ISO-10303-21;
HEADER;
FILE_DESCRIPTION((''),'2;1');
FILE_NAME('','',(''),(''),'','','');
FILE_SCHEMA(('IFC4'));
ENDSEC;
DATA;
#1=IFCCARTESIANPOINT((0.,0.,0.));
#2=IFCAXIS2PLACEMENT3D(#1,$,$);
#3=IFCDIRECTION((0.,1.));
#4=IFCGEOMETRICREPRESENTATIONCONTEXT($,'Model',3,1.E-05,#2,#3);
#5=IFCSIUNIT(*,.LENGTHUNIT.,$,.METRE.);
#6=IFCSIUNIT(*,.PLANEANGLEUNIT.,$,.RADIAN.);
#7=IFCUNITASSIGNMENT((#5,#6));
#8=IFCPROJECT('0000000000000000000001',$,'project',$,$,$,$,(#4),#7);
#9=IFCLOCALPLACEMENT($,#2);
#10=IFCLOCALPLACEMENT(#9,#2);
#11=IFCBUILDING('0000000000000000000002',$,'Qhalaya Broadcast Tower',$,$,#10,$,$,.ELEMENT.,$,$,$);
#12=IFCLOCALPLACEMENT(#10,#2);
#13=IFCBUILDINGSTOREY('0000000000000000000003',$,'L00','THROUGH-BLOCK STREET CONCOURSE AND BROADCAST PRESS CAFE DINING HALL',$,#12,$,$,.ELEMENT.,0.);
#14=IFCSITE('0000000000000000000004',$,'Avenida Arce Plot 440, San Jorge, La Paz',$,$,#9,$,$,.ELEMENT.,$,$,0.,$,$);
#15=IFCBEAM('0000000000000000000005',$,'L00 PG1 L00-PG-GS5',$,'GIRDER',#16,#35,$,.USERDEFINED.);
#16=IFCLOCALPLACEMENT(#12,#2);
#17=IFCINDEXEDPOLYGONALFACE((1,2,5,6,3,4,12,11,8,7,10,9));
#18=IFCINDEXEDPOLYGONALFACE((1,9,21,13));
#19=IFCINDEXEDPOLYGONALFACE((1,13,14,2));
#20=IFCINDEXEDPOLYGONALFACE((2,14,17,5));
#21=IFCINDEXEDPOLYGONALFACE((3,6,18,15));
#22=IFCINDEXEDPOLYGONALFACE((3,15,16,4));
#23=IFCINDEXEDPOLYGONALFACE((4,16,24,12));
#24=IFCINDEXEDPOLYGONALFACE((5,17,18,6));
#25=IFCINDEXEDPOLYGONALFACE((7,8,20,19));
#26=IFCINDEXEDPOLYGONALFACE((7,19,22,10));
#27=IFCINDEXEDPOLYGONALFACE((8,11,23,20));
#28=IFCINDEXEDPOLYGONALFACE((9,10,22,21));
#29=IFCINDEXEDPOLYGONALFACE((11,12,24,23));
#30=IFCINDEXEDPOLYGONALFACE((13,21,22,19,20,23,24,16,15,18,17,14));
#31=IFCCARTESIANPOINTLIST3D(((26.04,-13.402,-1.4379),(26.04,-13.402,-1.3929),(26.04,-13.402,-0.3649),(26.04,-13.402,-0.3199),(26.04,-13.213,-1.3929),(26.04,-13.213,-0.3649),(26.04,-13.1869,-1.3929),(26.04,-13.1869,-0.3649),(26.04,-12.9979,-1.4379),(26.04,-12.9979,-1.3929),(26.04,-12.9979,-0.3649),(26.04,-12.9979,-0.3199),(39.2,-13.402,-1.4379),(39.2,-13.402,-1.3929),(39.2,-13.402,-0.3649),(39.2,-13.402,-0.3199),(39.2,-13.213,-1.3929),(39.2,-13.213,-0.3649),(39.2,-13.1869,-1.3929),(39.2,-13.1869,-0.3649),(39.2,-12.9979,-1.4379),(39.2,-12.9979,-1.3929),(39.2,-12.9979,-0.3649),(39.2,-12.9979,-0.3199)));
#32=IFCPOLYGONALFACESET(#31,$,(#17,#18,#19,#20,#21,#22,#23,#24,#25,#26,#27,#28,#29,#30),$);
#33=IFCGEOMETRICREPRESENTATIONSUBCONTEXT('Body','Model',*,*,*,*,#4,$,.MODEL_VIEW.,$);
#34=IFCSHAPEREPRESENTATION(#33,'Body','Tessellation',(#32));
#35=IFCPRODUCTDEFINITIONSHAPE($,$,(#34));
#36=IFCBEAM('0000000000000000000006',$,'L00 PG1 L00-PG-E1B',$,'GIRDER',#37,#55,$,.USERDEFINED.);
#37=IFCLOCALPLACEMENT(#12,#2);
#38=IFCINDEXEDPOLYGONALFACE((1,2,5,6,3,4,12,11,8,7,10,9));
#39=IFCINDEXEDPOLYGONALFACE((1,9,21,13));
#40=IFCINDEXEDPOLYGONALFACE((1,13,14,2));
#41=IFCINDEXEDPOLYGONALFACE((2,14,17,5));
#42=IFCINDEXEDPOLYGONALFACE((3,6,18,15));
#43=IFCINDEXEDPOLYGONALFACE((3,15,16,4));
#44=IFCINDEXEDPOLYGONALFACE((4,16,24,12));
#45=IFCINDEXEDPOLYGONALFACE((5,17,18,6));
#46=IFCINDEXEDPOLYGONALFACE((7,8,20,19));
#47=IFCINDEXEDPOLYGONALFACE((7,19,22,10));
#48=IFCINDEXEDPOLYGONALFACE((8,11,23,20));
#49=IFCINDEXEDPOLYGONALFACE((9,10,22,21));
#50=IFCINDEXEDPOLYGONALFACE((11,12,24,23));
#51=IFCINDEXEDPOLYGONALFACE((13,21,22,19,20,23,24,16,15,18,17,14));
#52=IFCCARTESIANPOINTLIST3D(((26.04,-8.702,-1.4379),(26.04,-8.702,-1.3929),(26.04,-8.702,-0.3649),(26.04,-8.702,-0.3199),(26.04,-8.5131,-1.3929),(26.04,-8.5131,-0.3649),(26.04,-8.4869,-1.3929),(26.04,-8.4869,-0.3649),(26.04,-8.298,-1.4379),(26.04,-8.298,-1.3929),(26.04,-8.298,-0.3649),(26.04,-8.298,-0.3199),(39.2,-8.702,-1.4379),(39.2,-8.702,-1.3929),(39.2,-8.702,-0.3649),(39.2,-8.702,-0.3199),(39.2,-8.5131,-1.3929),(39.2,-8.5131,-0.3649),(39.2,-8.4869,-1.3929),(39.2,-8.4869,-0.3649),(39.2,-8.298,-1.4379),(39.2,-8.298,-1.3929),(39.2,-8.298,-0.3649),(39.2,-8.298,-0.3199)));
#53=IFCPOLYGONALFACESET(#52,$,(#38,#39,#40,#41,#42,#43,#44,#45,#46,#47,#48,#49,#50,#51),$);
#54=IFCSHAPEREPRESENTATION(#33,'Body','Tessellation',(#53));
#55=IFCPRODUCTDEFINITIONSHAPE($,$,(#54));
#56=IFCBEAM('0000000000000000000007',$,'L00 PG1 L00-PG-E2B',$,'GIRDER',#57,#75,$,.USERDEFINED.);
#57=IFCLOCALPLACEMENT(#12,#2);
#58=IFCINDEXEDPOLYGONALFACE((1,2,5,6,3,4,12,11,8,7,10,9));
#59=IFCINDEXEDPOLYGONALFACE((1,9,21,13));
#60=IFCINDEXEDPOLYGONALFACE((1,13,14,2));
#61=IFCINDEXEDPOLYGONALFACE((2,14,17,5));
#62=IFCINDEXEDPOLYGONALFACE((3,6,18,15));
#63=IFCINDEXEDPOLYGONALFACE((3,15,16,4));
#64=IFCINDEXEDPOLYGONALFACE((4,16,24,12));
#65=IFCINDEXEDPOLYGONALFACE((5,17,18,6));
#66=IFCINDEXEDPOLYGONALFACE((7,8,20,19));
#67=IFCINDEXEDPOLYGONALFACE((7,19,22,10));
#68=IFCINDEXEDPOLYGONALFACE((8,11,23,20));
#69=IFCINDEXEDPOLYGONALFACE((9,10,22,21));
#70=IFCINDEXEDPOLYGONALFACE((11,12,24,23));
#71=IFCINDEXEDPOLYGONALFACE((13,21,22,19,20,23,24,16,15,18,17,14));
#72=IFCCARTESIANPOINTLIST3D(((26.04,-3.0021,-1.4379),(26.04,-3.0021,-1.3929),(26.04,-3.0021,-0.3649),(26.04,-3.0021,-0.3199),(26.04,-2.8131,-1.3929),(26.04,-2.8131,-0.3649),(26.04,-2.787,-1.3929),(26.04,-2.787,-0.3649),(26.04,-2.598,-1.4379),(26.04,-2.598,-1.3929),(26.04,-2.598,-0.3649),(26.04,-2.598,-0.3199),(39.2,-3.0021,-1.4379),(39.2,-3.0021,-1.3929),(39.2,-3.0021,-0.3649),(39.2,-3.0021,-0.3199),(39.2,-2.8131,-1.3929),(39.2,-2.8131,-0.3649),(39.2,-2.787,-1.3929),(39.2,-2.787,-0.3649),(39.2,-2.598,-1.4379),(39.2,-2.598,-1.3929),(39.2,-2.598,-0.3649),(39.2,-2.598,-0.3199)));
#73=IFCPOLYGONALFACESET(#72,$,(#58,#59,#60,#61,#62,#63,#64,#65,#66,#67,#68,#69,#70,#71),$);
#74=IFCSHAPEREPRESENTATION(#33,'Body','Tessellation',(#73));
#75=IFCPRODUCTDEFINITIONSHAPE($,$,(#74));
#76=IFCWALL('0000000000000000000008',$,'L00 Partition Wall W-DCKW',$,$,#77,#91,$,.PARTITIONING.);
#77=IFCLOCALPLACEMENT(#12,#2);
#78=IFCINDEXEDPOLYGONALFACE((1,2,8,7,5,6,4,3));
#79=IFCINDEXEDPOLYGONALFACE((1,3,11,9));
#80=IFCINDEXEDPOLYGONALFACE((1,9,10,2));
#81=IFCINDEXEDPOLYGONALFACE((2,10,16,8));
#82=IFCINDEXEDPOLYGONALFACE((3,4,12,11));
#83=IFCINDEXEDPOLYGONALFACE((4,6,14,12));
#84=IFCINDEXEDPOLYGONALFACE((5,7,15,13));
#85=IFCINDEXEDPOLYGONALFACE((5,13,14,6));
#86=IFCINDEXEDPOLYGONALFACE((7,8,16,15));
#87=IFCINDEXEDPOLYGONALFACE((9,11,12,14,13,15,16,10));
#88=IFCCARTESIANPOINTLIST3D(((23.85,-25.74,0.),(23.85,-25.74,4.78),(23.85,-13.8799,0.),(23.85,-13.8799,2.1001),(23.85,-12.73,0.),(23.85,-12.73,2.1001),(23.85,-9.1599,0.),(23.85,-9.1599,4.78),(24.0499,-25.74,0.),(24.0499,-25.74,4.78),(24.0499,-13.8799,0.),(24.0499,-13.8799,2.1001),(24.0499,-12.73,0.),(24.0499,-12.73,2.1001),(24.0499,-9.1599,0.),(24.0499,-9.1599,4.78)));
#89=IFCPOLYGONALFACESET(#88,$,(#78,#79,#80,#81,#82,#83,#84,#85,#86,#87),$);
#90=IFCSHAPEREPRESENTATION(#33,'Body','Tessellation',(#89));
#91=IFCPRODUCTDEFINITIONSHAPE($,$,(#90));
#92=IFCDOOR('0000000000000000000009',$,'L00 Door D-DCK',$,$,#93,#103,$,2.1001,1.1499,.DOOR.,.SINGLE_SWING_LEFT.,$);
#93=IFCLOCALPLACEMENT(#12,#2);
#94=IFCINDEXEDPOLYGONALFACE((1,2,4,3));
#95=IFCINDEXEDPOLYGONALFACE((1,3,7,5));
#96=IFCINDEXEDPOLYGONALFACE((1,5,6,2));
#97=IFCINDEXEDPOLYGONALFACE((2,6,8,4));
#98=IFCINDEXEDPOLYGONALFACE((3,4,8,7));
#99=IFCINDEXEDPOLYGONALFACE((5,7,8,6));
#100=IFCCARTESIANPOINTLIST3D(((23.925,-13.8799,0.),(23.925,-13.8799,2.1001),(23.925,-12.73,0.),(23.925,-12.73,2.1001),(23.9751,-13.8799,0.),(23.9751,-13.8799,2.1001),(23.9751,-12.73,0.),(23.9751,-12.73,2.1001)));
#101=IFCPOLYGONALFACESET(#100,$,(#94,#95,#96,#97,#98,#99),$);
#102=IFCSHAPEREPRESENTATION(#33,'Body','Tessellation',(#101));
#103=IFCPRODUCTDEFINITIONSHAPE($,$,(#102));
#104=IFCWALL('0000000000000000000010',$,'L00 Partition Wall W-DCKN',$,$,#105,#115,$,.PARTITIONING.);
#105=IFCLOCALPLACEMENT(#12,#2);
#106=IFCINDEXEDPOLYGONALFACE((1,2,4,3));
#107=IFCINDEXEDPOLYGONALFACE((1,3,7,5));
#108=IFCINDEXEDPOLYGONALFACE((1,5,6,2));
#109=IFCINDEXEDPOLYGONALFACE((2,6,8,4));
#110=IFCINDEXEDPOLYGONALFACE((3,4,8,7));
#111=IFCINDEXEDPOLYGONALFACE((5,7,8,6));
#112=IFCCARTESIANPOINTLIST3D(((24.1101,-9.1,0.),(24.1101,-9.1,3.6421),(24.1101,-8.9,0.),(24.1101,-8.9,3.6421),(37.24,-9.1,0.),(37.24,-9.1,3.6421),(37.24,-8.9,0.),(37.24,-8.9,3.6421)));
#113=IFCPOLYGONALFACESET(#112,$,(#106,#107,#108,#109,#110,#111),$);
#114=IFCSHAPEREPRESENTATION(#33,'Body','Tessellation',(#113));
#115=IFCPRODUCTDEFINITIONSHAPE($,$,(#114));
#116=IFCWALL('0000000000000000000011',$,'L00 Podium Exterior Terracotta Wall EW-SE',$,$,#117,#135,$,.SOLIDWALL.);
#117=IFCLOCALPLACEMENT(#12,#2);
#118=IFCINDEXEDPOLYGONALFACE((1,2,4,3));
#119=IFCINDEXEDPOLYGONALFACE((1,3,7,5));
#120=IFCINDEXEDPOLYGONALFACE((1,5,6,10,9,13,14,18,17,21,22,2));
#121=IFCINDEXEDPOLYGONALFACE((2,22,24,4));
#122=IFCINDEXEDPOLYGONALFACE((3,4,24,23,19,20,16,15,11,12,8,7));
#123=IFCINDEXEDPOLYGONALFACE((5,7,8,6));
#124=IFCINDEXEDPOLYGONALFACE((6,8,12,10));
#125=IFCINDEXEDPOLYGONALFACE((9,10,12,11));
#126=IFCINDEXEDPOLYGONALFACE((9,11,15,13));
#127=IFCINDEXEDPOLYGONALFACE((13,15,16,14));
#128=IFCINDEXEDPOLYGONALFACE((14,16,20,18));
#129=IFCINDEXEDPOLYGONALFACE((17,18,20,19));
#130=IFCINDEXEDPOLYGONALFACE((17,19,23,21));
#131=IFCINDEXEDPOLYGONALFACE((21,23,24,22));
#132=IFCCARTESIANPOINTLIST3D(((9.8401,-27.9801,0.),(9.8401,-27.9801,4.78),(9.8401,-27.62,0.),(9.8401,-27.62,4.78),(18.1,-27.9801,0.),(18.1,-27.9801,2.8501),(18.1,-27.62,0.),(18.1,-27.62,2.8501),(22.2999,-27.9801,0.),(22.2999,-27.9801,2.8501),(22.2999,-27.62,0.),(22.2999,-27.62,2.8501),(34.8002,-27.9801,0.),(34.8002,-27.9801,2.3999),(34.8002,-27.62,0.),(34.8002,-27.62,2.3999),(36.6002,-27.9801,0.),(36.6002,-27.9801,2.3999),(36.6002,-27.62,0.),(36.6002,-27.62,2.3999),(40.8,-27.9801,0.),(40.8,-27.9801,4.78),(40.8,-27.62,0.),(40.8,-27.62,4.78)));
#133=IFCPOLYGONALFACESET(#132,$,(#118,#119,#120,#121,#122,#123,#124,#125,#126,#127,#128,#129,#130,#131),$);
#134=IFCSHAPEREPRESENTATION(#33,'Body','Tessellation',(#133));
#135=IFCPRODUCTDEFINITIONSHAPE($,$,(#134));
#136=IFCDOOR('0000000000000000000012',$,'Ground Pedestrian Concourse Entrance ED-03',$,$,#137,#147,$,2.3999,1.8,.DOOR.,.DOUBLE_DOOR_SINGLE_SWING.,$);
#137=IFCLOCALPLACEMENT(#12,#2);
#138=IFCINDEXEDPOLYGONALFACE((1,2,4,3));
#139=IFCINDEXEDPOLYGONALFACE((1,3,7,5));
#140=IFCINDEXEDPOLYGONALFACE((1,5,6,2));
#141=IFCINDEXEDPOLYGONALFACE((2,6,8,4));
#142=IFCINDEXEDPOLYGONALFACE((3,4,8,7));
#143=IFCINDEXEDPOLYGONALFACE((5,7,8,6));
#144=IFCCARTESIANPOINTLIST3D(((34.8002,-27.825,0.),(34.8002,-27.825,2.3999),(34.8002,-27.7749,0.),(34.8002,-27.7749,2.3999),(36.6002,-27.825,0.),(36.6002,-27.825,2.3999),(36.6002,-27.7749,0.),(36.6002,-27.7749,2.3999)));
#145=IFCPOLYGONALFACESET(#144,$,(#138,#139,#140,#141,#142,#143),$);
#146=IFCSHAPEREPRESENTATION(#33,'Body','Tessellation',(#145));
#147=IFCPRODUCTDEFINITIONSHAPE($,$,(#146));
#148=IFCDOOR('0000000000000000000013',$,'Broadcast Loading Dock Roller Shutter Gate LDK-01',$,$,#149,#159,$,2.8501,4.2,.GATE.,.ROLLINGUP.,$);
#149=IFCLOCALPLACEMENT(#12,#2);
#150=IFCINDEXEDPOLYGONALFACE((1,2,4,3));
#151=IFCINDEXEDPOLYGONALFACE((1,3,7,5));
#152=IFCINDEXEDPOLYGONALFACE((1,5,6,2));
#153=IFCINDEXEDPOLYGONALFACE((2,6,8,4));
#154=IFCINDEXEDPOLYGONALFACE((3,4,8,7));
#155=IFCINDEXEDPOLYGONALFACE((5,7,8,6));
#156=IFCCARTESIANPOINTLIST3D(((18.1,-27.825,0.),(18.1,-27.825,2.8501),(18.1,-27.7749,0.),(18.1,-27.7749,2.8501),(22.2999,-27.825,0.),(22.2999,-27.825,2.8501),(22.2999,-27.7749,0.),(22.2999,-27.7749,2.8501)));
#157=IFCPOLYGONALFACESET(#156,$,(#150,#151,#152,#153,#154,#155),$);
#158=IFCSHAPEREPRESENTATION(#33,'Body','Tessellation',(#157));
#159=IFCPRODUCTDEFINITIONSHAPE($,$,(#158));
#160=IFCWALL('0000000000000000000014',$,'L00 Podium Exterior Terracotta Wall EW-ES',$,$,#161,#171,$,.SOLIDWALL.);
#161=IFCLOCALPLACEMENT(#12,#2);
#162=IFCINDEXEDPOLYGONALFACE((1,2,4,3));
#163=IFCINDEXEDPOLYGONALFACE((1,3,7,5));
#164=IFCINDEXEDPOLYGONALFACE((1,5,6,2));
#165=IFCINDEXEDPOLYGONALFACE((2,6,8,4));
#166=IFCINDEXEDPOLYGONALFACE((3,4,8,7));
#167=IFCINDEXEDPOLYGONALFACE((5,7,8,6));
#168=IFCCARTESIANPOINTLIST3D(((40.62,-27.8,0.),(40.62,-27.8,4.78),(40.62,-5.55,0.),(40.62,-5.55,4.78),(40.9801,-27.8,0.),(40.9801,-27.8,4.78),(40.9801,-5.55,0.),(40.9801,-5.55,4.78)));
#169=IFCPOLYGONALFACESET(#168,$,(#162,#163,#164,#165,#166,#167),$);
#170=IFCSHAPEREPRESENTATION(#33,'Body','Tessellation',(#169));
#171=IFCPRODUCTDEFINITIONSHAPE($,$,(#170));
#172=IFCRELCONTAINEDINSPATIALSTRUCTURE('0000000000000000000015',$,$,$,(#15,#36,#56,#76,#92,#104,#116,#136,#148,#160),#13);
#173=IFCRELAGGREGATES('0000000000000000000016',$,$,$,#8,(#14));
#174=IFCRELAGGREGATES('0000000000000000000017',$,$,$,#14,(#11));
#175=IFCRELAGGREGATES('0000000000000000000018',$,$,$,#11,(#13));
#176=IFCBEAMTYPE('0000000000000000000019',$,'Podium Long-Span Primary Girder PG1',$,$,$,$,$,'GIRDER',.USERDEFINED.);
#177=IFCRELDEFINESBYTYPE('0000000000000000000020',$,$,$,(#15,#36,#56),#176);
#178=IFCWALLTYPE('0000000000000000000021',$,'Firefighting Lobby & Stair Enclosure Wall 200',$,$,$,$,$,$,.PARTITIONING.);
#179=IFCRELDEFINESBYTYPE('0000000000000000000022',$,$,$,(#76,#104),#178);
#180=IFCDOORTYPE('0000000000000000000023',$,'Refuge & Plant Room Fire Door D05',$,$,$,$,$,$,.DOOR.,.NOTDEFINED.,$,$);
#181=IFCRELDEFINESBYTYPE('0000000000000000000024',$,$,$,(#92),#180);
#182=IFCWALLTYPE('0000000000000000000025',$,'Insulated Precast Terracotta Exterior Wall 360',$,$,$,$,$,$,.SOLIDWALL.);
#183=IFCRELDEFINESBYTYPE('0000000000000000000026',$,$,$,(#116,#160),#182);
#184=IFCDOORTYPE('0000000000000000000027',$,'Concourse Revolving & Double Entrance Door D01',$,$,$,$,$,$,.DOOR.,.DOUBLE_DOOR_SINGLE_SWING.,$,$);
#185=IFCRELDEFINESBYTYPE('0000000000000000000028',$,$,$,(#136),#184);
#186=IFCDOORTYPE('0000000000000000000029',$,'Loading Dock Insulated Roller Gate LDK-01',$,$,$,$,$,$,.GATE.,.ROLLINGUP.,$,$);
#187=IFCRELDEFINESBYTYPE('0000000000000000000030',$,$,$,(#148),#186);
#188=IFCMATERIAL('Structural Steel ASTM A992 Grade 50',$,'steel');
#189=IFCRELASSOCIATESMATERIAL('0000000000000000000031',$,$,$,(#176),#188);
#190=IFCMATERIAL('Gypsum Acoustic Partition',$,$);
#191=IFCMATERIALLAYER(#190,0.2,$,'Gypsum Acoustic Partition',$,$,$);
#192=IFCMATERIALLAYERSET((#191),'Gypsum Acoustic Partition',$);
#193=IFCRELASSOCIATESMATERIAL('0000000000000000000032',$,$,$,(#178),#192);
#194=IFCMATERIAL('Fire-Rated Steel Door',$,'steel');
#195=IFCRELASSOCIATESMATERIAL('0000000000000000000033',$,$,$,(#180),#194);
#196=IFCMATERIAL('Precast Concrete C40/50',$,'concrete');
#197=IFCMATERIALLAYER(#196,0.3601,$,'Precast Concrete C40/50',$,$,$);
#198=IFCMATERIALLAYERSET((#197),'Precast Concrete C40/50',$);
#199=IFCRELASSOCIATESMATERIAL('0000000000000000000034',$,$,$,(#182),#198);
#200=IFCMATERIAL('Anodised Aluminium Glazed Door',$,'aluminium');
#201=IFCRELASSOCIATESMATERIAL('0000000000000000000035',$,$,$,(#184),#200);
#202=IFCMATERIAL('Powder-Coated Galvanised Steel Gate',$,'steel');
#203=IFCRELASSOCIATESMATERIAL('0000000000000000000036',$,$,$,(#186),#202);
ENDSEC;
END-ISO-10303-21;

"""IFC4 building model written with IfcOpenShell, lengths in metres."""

from ifc_helpers import new_model, si_unit, direction, frame, frame_2d, origin, origin_2d, place, context, subcontext, project, spatial, rectangle, i_section, extrude, material, layer, layer_set, material_profile, profile_set, type_object, element, fill, save


model = new_model("IFC4")

# Units and contexts
model_context = context("Model", 3, precision=1e-05, world=origin(), true_north=direction((0.0, 1.0)))
body_context = subcontext(model_context, "Body", "Model", "MODEL_VIEW")
ifc_project = project(units=[si_unit("LENGTHUNIT", "METRE"), si_unit("PLANEANGLEUNIT", "RADIAN")], contexts=[model_context])

# Site, building, storey
site_placement = place(None, origin())
site = spatial("IfcSite", under=ifc_project, at=site_placement, Name="Avenida Arce Plot 440, San Jorge, La Paz", CompositionType="ELEMENT", RefElevation=0.0)
building_placement = place(site_placement, origin())
building = spatial("IfcBuilding", under=site, at=building_placement, Name="Qhalaya Broadcast Tower", CompositionType="ELEMENT")
storey_placement = place(building_placement, origin())
storey = spatial("IfcBuildingStorey", under=building, at=storey_placement, Name="L00", Description="THROUGH-BLOCK STREET CONCOURSE AND BROADCAST PRESS CAFE DINING HALL", CompositionType="ELEMENT", Elevation=0.0)

# Beams
ifc_material_1 = material(Name="Structural Steel ASTM A992 Grade 50", Category="steel")
ifc_material_profile_1 = material_profile(ifc_material_1, i_section(OverallWidth=0.4041, OverallDepth=1.1179, WebThickness=0.0261, FlangeThickness=0.0449, at=origin_2d()), Name="W44X335")
ifc_profile_set_1 = profile_set([ifc_material_profile_1], Name="Structural Steel ASTM A992 Grade 50")
beam_type_1 = type_object("IfcBeamType", Name="Podium Long-Span Primary Girder PG1", ElementType="GIRDER", PredefinedType="USERDEFINED", material=ifc_profile_set_1)
for number, where, z_axis, x_axis, name in (
    (1, (26.04, -13.2, -0.8789), (1.0, 0.0, 0.0), (0.0, 1.0, 0.0), "L00 PG1 L00-PG-GS5"),
    (2, (26.04, -8.5, -0.8789), (1.0, 0.0, 0.0), (0.0, 1.0, 0.0), "L00 PG1 L00-PG-E1B"),
    (3, (26.04, -2.8, -0.8789), (1.0, 0.0, 0.0), (0.0, 1.0, 0.0), "L00 PG1 L00-PG-E2B"),
):
    element("IfcBeam", number, at=place(storey_placement, frame(where, z_axis=z_axis, x_axis=x_axis)), inside=storey, type_object=beam_type_1, Name=name, ObjectType="GIRDER", PredefinedType="USERDEFINED", context=body_context, shape_type="SweptSolid", body=[
        extrude(i_section(OverallWidth=0.4041, OverallDepth=1.1179, WebThickness=0.0261, FlangeThickness=0.0449, at=origin_2d()), origin(), (0.0, 0.0, 1.0), 13.1599),
    ])

# Wall, opening, door
ifc_material_2 = material(Name="Gypsum Acoustic Partition")
ifc_layer_1 = layer(ifc_material_2, 0.2, Name="Gypsum Acoustic Partition")
ifc_layer_set_1 = layer_set([ifc_layer_1], Name="Gypsum Acoustic Partition")
wall_type_1 = type_object("IfcWallType", Name="Firefighting Lobby & Stair Enclosure Wall 200", PredefinedType="PARTITIONING", material=ifc_layer_set_1)
wall_1_placement = place(storey_placement, frame((23.95, -25.74, 0.0), z_axis=(0.0, 0.0, 1.0), x_axis=(0.0, 1.0, 0.0)))
wall_1 = element("IfcWall", 4, at=wall_1_placement, inside=storey, type_object=wall_type_1, Name="L00 Partition Wall W-DCKW", PredefinedType="PARTITIONING", context=body_context, shape_type="SweptSolid", body=[
    extrude(rectangle(XDim=16.5801, YDim=0.2, at=frame_2d((8.29, 0.0))), origin(), (0.0, 0.0, 1.0), 4.78),
])
opening_1_placement = place(wall_1_placement, frame((11.8601, 0.0, 0.0)))
opening_1 = element("IfcOpeningElement", 5, at=opening_1_placement, cuts=wall_1, PredefinedType="OPENING", context=body_context, shape_type="SweptSolid", body=[
    extrude(rectangle(XDim=1.1499, YDim=2.1001, at=frame_2d((0.575, 1.05))), frame((0.0, 0.1121, 0.0), z_axis=(0.0, -1.0, 0.0), x_axis=(1.0, 0.0, 0.0)), (0.0, 0.0, 1.0), 0.2239),
])
ifc_material_3 = material(Name="Fire-Rated Steel Door", Category="steel")
door_type_1 = type_object("IfcDoorType", Name="Refuge & Plant Room Fire Door D05", OperationType="NOTDEFINED", PredefinedType="DOOR", material=ifc_material_3)
door_1_placement = place(opening_1_placement, origin())
door_1 = element("IfcDoor", 6, at=door_1_placement, inside=storey, type_object=door_type_1, Name="L00 Door D-DCK", OperationType="SINGLE_SWING_LEFT", OverallHeight=2.1001, OverallWidth=1.1499, PredefinedType="DOOR", context=body_context, shape_type="SweptSolid", body=[
    extrude(rectangle(XDim=1.1499, YDim=2.1001, at=frame_2d((0.575, 1.05))), frame((0.0, 0.0249, 0.0), z_axis=(0.0, -1.0, 0.0), x_axis=(1.0, 0.0, 0.0)), (0.0, 0.0, 1.0), 0.05),
])
fill(opening_1, door_1)

# Wall
wall_2_placement = place(storey_placement, frame((24.1101, -9.0, 0.0), z_axis=(0.0, 0.0, 1.0), x_axis=(1.0, 0.0, 0.0)))
element("IfcWall", 7, at=wall_2_placement, inside=storey, type_object=wall_type_1, Name="L00 Partition Wall W-DCKN", PredefinedType="PARTITIONING", context=body_context, shape_type="SweptSolid", body=[
    extrude(rectangle(XDim=13.1299, YDim=0.2, at=frame_2d((6.5649, 0.0))), origin(), (0.0, 0.0, 1.0), 3.6421),
])

# Wall, openings, doors
ifc_material_4 = material(Name="Precast Concrete C40/50", Category="concrete")
ifc_layer_2 = layer(ifc_material_4, 0.3601, Name="Precast Concrete C40/50")
ifc_layer_set_2 = layer_set([ifc_layer_2], Name="Precast Concrete C40/50")
wall_type_2 = type_object("IfcWallType", Name="Insulated Precast Terracotta Exterior Wall 360", PredefinedType="SOLIDWALL", material=ifc_layer_set_2)
wall_3_placement = place(storey_placement, frame((40.8, -27.8, 0.0), z_axis=(0.0, 0.0, 1.0), x_axis=(-1.0, 0.0, 0.0)))
wall_3 = element("IfcWall", 8, at=wall_3_placement, inside=storey, type_object=wall_type_2, Name="L00 Podium Exterior Terracotta Wall EW-SE", PredefinedType="SOLIDWALL", context=body_context, shape_type="SweptSolid", body=[
    extrude(rectangle(XDim=30.96, YDim=0.3601, at=frame_2d((15.48, 0.0))), origin(), (0.0, 0.0, 1.0), 4.78),
])
opening_2_placement = place(wall_3_placement, frame((4.2, 0.0, 0.0)))
opening_2 = element("IfcOpeningElement", 9, at=opening_2_placement, cuts=wall_3, PredefinedType="OPENING", context=body_context, shape_type="SweptSolid", body=[
    extrude(rectangle(XDim=1.8, YDim=2.3999, at=frame_2d((0.8999, 1.2))), frame((0.0, 0.1921, 0.0), z_axis=(0.0, -1.0, 0.0), x_axis=(1.0, 0.0, 0.0)), (0.0, 0.0, 1.0), 0.384),
])
opening_3_placement = place(wall_3_placement, frame((18.5, 0.0, 0.0)))
opening_3 = element("IfcOpeningElement", 10, at=opening_3_placement, cuts=wall_3, PredefinedType="OPENING", context=body_context, shape_type="SweptSolid", body=[
    extrude(rectangle(XDim=4.2, YDim=2.8501, at=frame_2d((2.1001, 1.425))), frame((0.0, 0.1921, 0.0), z_axis=(0.0, -1.0, 0.0), x_axis=(1.0, 0.0, 0.0)), (0.0, 0.0, 1.0), 0.384),
])
ifc_material_5 = material(Name="Anodised Aluminium Glazed Door", Category="aluminium")
door_type_2 = type_object("IfcDoorType", Name="Concourse Revolving & Double Entrance Door D01", OperationType="DOUBLE_DOOR_SINGLE_SWING", PredefinedType="DOOR", material=ifc_material_5)
door_2_placement = place(opening_2_placement, origin())
door_2 = element("IfcDoor", 11, at=door_2_placement, inside=storey, type_object=door_type_2, Name="Ground Pedestrian Concourse Entrance ED-03", OperationType="DOUBLE_DOOR_SINGLE_SWING", OverallHeight=2.3999, OverallWidth=1.8, PredefinedType="DOOR", context=body_context, shape_type="SweptSolid", body=[
    extrude(rectangle(XDim=1.8, YDim=2.3999, at=frame_2d((0.8999, 1.2))), frame((0.0, 0.0249, 0.0), z_axis=(0.0, -1.0, 0.0), x_axis=(1.0, 0.0, 0.0)), (0.0, 0.0, 1.0), 0.05),
])
fill(opening_2, door_2)
ifc_material_6 = material(Name="Powder-Coated Galvanised Steel Gate", Category="steel")
door_type_3 = type_object("IfcDoorType", Name="Loading Dock Insulated Roller Gate LDK-01", OperationType="ROLLINGUP", PredefinedType="GATE", material=ifc_material_6)
door_3_placement = place(opening_3_placement, origin())
door_3 = element("IfcDoor", 12, at=door_3_placement, inside=storey, type_object=door_type_3, Name="Broadcast Loading Dock Roller Shutter Gate LDK-01", OperationType="ROLLINGUP", OverallHeight=2.8501, OverallWidth=4.2, PredefinedType="GATE", context=body_context, shape_type="SweptSolid", body=[
    extrude(rectangle(XDim=4.2, YDim=2.8501, at=frame_2d((2.1001, 1.425))), frame((0.0, 0.0249, 0.0), z_axis=(0.0, -1.0, 0.0), x_axis=(1.0, 0.0, 0.0)), (0.0, 0.0, 1.0), 0.05),
])
fill(opening_3, door_3)

# Wall
wall_4_placement = place(storey_placement, frame((40.8, -5.55, 0.0), z_axis=(0.0, 0.0, 1.0), x_axis=(0.0, -1.0, 0.0)))
element("IfcWall", 13, at=wall_4_placement, inside=storey, type_object=wall_type_2, Name="L00 Podium Exterior Terracotta Wall EW-ES", PredefinedType="SOLIDWALL", context=body_context, shape_type="SweptSolid", body=[
    extrude(rectangle(XDim=22.25, YDim=0.3601, at=frame_2d((11.125, 0.0))), origin(), (0.0, 0.0, 1.0), 4.78),
])

save(model, "model.ifc")
